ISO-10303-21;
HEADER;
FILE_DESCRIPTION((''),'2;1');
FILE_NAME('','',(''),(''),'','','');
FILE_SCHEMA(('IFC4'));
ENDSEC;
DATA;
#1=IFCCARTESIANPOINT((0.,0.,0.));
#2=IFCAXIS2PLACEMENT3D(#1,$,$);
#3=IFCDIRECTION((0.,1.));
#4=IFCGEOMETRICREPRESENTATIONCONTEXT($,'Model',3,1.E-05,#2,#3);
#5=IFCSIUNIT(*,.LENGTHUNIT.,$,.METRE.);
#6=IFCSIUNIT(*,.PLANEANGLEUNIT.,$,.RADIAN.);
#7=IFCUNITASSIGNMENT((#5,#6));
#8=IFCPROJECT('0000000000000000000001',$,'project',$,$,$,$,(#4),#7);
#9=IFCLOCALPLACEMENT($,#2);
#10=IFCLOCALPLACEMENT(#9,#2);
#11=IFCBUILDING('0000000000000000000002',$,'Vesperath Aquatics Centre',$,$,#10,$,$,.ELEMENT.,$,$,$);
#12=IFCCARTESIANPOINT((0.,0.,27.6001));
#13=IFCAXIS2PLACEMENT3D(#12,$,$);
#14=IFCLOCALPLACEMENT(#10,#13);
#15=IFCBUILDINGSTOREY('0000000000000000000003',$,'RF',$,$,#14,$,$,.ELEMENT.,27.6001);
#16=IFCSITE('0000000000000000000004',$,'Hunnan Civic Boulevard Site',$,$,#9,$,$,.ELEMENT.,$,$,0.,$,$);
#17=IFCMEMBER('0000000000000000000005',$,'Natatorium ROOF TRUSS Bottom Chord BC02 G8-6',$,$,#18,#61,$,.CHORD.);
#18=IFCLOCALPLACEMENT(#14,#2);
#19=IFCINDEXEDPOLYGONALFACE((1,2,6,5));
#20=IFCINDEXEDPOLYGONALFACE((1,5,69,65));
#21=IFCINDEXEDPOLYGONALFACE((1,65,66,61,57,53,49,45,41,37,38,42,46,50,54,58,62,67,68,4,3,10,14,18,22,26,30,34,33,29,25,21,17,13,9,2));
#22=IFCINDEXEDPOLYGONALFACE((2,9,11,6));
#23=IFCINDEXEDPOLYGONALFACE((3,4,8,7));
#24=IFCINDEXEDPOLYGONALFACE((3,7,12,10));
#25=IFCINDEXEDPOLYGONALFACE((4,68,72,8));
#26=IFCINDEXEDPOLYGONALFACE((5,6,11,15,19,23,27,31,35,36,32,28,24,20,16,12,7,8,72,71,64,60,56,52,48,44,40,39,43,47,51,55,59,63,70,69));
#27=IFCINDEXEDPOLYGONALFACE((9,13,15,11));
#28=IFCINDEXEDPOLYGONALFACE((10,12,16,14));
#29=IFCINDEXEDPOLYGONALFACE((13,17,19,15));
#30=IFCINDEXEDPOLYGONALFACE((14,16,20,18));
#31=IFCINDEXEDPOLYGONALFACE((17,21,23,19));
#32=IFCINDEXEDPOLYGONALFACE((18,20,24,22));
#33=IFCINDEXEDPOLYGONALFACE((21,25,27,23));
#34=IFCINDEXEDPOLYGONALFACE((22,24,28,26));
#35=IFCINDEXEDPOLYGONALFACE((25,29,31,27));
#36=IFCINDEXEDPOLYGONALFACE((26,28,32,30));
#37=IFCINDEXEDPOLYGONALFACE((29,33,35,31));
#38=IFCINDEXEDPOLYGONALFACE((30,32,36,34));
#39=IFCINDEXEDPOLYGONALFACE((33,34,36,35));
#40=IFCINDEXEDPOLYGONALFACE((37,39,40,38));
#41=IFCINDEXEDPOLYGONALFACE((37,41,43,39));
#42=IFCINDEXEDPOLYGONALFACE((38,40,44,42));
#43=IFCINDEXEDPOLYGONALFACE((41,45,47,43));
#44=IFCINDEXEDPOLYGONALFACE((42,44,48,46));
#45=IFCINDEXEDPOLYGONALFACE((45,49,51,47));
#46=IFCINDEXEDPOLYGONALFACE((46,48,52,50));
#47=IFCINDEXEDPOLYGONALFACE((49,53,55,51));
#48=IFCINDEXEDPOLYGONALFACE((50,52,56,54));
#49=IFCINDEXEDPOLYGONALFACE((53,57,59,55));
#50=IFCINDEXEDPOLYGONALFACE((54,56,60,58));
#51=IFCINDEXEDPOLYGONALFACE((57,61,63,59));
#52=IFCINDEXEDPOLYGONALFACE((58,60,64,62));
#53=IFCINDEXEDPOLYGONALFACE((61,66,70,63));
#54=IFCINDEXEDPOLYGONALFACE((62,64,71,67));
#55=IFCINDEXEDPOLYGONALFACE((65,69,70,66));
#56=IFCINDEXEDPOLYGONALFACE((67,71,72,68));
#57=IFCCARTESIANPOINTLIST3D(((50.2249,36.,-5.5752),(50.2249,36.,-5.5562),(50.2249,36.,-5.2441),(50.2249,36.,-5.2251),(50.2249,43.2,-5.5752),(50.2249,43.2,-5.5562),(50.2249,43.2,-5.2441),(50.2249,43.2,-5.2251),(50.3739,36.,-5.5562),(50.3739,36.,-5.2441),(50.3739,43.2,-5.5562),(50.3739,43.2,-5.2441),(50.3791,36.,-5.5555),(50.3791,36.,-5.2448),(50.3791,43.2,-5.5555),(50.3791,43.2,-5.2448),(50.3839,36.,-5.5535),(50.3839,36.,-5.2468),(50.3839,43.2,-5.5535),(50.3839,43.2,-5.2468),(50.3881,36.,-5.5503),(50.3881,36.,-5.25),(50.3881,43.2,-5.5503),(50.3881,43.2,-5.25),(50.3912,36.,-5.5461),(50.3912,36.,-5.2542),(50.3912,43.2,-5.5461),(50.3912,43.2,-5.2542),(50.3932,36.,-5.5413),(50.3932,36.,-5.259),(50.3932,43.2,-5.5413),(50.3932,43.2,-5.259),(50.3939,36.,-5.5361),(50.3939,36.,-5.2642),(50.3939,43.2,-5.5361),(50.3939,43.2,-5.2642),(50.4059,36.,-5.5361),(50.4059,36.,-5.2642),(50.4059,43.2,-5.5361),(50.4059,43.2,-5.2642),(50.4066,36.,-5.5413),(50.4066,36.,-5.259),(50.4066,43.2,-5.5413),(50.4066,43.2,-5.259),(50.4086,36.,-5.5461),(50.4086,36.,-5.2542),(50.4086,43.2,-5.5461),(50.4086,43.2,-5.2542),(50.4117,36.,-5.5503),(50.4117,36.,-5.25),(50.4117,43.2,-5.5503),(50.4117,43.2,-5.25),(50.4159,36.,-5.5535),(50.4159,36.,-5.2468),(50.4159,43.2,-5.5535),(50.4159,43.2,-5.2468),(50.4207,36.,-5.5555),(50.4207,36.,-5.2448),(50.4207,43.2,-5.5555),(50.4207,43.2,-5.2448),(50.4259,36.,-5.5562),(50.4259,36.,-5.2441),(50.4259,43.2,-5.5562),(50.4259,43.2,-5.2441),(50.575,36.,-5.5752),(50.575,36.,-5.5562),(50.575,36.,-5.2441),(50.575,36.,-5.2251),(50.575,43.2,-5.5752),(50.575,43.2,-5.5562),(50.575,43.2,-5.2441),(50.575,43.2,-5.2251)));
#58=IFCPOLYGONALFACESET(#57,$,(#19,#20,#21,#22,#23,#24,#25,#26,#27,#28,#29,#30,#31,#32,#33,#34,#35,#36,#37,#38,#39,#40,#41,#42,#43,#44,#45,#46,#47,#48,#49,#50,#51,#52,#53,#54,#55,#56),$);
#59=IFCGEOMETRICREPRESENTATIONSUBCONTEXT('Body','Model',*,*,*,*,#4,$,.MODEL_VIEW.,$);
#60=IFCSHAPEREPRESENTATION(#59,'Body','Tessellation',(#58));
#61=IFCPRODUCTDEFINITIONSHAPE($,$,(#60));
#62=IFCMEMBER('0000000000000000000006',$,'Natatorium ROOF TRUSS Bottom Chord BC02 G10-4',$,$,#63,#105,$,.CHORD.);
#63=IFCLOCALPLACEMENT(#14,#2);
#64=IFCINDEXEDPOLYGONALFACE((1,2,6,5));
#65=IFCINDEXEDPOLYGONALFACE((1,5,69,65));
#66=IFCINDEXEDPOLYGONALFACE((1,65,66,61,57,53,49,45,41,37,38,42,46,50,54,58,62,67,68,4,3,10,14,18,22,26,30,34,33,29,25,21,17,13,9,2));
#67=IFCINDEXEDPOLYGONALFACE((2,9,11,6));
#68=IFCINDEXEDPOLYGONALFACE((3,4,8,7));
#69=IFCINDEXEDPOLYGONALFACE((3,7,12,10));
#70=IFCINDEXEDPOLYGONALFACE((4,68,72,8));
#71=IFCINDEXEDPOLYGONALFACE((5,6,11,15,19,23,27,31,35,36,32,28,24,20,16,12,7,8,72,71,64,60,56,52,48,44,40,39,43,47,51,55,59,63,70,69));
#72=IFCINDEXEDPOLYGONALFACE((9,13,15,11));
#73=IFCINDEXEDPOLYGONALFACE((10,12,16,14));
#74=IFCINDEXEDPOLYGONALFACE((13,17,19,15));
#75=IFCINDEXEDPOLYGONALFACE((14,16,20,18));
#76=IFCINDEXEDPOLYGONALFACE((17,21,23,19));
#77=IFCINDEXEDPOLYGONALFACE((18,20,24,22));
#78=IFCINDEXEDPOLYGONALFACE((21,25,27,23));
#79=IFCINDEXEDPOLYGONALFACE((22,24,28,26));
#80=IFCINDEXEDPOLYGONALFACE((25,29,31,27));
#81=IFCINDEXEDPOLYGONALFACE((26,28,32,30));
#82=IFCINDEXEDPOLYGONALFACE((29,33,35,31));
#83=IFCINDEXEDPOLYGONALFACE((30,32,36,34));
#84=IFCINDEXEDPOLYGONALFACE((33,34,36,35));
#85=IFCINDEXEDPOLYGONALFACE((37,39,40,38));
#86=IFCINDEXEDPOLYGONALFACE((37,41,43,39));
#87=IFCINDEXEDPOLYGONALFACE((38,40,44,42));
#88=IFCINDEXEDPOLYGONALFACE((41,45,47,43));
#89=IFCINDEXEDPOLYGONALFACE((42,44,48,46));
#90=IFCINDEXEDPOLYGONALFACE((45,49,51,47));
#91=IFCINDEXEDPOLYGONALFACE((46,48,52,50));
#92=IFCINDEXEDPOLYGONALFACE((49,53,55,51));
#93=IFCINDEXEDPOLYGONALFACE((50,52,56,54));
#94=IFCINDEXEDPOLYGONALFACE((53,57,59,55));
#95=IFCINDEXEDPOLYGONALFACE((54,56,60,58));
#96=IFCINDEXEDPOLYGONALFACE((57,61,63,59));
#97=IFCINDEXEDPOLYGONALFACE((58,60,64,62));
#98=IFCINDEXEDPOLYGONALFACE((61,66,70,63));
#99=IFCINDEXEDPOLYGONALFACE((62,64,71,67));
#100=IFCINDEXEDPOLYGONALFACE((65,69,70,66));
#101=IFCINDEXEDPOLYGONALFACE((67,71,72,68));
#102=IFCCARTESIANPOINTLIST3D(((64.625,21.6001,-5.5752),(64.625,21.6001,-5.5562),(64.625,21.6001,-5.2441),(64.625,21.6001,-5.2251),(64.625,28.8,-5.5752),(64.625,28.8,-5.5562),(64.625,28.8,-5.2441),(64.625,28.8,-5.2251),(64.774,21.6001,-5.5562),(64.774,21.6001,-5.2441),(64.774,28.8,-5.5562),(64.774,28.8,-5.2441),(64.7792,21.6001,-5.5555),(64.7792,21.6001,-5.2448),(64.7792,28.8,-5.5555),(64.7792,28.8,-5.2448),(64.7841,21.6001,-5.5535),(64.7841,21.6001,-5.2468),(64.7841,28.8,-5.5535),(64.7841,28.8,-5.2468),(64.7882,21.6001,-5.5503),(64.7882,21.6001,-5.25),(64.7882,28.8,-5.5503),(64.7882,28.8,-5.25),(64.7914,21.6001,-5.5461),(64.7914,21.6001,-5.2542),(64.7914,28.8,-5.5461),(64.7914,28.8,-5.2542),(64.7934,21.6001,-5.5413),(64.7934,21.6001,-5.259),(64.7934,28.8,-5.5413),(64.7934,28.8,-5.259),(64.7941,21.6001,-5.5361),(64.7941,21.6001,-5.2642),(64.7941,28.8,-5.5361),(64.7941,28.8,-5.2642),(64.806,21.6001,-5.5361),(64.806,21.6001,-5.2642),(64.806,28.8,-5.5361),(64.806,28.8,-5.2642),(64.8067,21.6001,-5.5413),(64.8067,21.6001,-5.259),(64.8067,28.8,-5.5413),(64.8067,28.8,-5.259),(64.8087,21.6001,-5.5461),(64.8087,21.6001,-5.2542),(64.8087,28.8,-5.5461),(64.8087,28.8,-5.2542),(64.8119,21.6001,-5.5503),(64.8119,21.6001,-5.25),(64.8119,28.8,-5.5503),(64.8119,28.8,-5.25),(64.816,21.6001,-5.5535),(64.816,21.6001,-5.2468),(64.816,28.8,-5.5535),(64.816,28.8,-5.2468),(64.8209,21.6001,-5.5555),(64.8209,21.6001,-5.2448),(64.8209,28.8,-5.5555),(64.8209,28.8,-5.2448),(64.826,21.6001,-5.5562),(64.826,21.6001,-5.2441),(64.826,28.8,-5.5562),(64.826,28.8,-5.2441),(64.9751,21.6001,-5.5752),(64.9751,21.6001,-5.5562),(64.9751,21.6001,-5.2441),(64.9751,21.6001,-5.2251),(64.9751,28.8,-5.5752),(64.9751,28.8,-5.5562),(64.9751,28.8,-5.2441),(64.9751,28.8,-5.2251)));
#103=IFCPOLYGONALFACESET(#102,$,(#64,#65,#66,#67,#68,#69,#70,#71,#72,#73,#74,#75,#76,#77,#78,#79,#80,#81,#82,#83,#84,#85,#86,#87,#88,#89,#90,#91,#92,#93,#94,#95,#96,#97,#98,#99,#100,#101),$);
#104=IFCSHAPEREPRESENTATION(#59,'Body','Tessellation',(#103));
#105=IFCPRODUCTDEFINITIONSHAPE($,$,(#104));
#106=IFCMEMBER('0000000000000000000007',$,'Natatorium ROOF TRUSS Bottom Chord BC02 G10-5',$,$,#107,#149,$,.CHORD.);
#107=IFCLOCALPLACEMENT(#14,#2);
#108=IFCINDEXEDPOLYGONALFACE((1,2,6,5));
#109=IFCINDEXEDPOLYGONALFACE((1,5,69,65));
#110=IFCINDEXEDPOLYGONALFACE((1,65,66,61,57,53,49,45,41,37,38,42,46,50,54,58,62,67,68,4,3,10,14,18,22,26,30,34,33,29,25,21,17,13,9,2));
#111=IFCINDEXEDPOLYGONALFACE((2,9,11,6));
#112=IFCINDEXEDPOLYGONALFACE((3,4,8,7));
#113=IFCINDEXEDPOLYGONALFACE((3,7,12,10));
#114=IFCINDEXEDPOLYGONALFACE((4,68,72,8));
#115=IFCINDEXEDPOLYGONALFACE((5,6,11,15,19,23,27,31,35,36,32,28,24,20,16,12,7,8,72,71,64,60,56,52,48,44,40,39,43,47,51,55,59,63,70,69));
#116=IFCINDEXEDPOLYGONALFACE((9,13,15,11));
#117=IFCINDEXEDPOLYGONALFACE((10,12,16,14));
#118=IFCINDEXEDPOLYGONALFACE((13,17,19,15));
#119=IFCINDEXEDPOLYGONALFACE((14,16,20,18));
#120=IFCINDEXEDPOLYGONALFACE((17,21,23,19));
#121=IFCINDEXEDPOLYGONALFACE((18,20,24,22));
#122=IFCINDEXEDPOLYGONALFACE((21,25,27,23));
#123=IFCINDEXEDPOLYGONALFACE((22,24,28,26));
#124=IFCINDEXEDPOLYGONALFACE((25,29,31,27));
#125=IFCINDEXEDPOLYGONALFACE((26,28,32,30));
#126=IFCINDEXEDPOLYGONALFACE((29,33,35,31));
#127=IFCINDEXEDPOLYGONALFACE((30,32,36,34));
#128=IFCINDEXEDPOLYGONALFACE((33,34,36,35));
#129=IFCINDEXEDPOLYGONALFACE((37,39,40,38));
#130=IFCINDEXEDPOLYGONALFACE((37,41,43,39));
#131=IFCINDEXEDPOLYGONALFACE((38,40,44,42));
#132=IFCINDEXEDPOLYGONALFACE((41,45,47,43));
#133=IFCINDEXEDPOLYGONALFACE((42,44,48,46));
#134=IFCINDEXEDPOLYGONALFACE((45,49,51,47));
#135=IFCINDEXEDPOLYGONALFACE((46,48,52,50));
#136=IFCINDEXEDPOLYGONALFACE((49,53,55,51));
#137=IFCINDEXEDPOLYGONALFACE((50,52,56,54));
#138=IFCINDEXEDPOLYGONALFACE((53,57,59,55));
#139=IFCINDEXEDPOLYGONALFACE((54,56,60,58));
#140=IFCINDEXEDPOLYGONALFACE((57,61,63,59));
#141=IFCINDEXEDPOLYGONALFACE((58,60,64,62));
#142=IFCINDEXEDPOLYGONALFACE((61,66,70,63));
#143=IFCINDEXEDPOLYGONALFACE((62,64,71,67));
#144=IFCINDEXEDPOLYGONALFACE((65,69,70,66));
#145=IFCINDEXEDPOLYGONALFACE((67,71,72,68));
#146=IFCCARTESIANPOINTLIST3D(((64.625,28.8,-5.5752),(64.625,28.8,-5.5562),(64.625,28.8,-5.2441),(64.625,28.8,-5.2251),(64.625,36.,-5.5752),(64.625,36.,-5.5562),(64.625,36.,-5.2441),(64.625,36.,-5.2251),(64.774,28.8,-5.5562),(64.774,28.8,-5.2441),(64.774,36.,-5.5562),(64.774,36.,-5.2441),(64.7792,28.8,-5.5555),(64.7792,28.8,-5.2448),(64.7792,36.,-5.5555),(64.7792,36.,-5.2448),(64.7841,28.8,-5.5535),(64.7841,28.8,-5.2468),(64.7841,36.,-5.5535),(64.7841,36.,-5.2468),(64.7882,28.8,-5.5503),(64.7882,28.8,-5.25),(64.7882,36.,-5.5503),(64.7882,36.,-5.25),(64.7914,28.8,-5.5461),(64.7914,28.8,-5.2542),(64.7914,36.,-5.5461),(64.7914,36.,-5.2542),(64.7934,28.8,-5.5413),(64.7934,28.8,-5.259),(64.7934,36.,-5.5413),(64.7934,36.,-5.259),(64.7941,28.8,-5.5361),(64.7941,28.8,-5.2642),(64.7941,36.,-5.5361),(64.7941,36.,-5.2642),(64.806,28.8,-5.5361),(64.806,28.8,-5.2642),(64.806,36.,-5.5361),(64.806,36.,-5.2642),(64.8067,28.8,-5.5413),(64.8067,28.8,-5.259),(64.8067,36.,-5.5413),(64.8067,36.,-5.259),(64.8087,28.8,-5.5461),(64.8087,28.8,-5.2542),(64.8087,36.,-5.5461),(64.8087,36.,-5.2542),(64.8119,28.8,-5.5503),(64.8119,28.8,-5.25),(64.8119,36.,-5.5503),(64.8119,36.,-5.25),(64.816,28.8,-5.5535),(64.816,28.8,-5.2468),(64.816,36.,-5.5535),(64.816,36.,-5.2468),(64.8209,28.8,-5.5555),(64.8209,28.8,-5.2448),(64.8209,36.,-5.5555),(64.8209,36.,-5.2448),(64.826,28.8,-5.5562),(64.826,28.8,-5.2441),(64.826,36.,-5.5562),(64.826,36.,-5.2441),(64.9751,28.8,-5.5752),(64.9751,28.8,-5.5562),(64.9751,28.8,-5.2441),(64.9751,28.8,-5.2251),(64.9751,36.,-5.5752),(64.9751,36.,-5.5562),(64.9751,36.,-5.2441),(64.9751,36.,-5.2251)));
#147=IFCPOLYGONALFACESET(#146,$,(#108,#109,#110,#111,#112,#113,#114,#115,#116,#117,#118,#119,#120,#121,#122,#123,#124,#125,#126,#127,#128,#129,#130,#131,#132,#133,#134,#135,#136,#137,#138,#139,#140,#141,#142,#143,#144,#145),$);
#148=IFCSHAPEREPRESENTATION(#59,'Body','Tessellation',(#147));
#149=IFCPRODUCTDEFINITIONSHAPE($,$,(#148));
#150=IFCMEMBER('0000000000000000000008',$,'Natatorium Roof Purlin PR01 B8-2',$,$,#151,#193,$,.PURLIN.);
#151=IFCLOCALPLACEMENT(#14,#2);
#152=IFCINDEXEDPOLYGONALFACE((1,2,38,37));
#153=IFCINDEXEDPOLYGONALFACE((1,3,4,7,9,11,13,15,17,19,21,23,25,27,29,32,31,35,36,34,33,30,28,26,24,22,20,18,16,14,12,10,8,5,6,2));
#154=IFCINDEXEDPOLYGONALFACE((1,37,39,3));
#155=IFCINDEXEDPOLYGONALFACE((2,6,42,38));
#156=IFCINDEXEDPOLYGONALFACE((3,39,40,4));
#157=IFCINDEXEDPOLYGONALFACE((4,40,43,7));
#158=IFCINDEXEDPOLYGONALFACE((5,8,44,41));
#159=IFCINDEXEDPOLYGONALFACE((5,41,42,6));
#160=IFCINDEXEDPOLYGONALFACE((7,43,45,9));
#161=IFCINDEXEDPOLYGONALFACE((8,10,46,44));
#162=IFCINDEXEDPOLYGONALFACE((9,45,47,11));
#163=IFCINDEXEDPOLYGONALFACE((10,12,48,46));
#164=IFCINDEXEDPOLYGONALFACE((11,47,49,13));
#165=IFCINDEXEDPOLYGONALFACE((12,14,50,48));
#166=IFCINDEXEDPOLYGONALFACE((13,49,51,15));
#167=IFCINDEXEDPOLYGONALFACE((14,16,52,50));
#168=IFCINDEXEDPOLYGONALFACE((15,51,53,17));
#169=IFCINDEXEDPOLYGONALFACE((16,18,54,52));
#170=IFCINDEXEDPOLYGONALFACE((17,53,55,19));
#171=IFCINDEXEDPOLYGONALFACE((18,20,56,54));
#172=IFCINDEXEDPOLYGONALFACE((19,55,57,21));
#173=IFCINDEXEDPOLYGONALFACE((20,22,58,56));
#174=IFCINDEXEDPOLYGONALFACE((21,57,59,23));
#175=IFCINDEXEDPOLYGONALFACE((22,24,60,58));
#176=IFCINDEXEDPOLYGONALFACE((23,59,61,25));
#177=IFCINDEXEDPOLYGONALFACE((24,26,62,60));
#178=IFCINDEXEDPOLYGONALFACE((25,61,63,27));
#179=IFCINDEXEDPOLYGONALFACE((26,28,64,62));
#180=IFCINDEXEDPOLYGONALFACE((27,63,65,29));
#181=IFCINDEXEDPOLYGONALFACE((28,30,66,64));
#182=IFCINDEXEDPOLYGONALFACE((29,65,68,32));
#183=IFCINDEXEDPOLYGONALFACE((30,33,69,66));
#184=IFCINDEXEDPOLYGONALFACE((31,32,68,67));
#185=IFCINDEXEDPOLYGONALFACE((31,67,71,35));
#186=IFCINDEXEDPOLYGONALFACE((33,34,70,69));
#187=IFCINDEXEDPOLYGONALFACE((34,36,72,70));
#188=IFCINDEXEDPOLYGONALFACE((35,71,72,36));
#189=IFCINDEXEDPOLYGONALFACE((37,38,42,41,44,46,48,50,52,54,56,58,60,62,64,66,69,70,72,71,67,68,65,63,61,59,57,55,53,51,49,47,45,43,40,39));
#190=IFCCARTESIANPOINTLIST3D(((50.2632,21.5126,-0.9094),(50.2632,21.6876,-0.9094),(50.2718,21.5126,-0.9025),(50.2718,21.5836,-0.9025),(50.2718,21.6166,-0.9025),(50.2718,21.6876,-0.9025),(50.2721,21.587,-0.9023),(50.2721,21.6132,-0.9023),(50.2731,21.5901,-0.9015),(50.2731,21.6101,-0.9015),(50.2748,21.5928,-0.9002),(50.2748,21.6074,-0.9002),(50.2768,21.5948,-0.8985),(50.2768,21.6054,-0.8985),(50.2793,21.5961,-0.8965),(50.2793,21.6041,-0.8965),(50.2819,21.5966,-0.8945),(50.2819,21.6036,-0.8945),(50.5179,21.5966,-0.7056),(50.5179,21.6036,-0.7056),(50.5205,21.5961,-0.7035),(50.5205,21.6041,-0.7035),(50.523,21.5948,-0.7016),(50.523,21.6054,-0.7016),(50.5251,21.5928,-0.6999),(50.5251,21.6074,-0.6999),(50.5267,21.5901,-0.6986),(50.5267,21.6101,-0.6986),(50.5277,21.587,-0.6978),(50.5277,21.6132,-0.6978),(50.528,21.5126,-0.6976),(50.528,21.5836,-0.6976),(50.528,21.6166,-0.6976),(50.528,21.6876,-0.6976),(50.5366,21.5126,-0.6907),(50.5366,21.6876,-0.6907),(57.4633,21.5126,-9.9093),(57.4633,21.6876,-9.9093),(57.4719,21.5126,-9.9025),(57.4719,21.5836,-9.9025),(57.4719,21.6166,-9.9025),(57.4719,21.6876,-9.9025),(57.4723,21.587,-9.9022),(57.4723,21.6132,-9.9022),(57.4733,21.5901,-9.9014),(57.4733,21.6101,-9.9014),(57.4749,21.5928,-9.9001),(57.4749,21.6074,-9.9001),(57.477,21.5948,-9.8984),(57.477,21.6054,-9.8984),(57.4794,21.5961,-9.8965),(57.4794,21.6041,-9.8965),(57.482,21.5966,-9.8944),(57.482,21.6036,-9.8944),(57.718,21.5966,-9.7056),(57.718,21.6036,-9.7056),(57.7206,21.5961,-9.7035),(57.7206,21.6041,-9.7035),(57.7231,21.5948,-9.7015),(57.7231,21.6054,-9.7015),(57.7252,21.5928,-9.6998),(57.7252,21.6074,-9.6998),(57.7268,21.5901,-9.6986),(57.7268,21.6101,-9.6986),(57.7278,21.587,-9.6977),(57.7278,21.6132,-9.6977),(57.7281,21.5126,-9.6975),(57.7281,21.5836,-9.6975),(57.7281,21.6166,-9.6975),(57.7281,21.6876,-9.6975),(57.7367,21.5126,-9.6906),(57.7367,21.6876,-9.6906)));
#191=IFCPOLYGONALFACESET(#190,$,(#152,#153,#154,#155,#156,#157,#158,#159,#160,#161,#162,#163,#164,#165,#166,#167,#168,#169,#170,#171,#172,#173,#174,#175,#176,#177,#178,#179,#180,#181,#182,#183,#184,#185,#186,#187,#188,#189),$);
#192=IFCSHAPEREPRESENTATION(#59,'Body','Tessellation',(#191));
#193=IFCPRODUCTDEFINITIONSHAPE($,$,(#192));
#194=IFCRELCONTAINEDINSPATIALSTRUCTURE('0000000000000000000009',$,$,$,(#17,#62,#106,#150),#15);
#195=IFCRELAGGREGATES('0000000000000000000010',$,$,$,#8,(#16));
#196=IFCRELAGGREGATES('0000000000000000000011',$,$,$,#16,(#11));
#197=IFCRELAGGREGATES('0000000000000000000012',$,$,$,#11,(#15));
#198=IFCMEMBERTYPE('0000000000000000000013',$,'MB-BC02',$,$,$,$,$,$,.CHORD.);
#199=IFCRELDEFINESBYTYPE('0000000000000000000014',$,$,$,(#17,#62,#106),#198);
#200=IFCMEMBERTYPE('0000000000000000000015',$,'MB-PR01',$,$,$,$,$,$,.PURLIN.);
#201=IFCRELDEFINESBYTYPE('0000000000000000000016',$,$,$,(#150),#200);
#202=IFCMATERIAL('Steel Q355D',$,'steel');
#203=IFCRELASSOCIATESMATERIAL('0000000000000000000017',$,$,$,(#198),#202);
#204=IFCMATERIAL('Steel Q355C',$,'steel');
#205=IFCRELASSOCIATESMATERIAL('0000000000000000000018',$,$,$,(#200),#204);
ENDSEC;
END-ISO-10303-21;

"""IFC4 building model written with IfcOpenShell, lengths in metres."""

from ifc_helpers import new_model, si_unit, direction, frame, origin, origin_2d, place, context, subcontext, project, spatial, i_section, extrude, material, material_profile, profile_set, type_object, element, save


model = new_model("IFC4")

# Units and contexts
model_context = context("Model", 3, precision=1e-05, world=origin(), true_north=direction((0.0, 1.0)))
body_context = subcontext(model_context, "Body", "Model", "MODEL_VIEW")
ifc_project = project(units=[si_unit("LENGTHUNIT", "METRE"), si_unit("PLANEANGLEUNIT", "RADIAN")], contexts=[model_context])

# Site, building, storey
site_placement = place(None, origin())
site = spatial("IfcSite", under=ifc_project, at=site_placement, Name="Hunnan Civic Boulevard Site", CompositionType="ELEMENT", RefElevation=0.0)
building_placement = place(site_placement, origin())
building = spatial("IfcBuilding", under=site, at=building_placement, Name="Vesperath Aquatics Centre", CompositionType="ELEMENT")
storey_placement = place(building_placement, frame((0.0, 0.0, 27.6001)))
storey = spatial("IfcBuildingStorey", under=building, at=storey_placement, Name="RF", CompositionType="ELEMENT", Elevation=27.6001)

# Shared definitions
ifc_material_1 = material(Name="Steel Q355C", Category="steel")

# Members
ifc_material_2 = material(Name="Steel Q355D", Category="steel")
ifc_material_profile_1 = material_profile(ifc_material_2, i_section(OverallWidth=0.3501, OverallDepth=0.3501, WebThickness=0.012, FlangeThickness=0.019, FilletRadius=0.02, at=origin_2d()), Name="HW 350x350x12x19")
ifc_profile_set_1 = profile_set([ifc_material_profile_1], Name="Steel Q355D")
member_type_1 = type_object("IfcMemberType", Name="MB-BC02", PredefinedType="CHORD", material=ifc_profile_set_1)
for number, where, z_axis, x_axis, name in (
    (1, (50.3999, 36.0, -5.4001), (0.0, 1.0, 0.0), (-1.0, 0.0, 0.0), "Natatorium ROOF TRUSS Bottom Chord BC02 G8-6"),
    (2, (64.8, 21.6001, -5.4001), (0.0, 1.0, 0.0), (-1.0, 0.0, 0.0), "Natatorium ROOF TRUSS Bottom Chord BC02 G10-4"),
    (3, (64.8, 28.8, -5.4001), (0.0, 1.0, 0.0), (-1.0, 0.0, 0.0), "Natatorium ROOF TRUSS Bottom Chord BC02 G10-5"),
):
    element("IfcMember", number, at=place(storey_placement, frame(where, z_axis=z_axis, x_axis=x_axis)), inside=storey, type_object=member_type_1, Name=name, PredefinedType="CHORD", context=body_context, shape_type="SweptSolid", body=[
        extrude(i_section(OverallWidth=0.3501, OverallDepth=0.3501, WebThickness=0.012, FlangeThickness=0.019, FilletRadius=0.02, at=origin_2d()), origin(), (0.0, 0.0, 1.0), 7.2),
    ])
ifc_material_profile_2 = material_profile(ifc_material_1, i_section(OverallWidth=0.175, OverallDepth=0.3501, WebThickness=0.0071, FlangeThickness=0.011, FilletRadius=0.0129, at=origin_2d()), Name="HN 350x175x7x11")
ifc_profile_set_2 = profile_set([ifc_material_profile_2], Name="Steel Q355C")
member_type_2 = type_object("IfcMemberType", Name="MB-PR01", PredefinedType="PURLIN", material=ifc_profile_set_2)
for number, where, z_axis, x_axis, name in (
    (4, (50.3999, 21.6001, -0.8), (0.624705, 0.0, -0.780861), (0.0, 1.0, 0.0), "Natatorium Roof Purlin PR01 B8-2"),
):
    element("IfcMember", number, at=place(storey_placement, frame(where, z_axis=z_axis, x_axis=x_axis)), inside=storey, type_object=member_type_2, Name=name, PredefinedType="PURLIN", context=body_context, shape_type="SweptSolid", body=[
        extrude(i_section(OverallWidth=0.175, OverallDepth=0.3501, WebThickness=0.0071, FlangeThickness=0.011, FilletRadius=0.0129, at=origin_2d()), origin(), (0.0, 0.0, 1.0), 11.5256),
    ])

save(model, "model.ifc")
